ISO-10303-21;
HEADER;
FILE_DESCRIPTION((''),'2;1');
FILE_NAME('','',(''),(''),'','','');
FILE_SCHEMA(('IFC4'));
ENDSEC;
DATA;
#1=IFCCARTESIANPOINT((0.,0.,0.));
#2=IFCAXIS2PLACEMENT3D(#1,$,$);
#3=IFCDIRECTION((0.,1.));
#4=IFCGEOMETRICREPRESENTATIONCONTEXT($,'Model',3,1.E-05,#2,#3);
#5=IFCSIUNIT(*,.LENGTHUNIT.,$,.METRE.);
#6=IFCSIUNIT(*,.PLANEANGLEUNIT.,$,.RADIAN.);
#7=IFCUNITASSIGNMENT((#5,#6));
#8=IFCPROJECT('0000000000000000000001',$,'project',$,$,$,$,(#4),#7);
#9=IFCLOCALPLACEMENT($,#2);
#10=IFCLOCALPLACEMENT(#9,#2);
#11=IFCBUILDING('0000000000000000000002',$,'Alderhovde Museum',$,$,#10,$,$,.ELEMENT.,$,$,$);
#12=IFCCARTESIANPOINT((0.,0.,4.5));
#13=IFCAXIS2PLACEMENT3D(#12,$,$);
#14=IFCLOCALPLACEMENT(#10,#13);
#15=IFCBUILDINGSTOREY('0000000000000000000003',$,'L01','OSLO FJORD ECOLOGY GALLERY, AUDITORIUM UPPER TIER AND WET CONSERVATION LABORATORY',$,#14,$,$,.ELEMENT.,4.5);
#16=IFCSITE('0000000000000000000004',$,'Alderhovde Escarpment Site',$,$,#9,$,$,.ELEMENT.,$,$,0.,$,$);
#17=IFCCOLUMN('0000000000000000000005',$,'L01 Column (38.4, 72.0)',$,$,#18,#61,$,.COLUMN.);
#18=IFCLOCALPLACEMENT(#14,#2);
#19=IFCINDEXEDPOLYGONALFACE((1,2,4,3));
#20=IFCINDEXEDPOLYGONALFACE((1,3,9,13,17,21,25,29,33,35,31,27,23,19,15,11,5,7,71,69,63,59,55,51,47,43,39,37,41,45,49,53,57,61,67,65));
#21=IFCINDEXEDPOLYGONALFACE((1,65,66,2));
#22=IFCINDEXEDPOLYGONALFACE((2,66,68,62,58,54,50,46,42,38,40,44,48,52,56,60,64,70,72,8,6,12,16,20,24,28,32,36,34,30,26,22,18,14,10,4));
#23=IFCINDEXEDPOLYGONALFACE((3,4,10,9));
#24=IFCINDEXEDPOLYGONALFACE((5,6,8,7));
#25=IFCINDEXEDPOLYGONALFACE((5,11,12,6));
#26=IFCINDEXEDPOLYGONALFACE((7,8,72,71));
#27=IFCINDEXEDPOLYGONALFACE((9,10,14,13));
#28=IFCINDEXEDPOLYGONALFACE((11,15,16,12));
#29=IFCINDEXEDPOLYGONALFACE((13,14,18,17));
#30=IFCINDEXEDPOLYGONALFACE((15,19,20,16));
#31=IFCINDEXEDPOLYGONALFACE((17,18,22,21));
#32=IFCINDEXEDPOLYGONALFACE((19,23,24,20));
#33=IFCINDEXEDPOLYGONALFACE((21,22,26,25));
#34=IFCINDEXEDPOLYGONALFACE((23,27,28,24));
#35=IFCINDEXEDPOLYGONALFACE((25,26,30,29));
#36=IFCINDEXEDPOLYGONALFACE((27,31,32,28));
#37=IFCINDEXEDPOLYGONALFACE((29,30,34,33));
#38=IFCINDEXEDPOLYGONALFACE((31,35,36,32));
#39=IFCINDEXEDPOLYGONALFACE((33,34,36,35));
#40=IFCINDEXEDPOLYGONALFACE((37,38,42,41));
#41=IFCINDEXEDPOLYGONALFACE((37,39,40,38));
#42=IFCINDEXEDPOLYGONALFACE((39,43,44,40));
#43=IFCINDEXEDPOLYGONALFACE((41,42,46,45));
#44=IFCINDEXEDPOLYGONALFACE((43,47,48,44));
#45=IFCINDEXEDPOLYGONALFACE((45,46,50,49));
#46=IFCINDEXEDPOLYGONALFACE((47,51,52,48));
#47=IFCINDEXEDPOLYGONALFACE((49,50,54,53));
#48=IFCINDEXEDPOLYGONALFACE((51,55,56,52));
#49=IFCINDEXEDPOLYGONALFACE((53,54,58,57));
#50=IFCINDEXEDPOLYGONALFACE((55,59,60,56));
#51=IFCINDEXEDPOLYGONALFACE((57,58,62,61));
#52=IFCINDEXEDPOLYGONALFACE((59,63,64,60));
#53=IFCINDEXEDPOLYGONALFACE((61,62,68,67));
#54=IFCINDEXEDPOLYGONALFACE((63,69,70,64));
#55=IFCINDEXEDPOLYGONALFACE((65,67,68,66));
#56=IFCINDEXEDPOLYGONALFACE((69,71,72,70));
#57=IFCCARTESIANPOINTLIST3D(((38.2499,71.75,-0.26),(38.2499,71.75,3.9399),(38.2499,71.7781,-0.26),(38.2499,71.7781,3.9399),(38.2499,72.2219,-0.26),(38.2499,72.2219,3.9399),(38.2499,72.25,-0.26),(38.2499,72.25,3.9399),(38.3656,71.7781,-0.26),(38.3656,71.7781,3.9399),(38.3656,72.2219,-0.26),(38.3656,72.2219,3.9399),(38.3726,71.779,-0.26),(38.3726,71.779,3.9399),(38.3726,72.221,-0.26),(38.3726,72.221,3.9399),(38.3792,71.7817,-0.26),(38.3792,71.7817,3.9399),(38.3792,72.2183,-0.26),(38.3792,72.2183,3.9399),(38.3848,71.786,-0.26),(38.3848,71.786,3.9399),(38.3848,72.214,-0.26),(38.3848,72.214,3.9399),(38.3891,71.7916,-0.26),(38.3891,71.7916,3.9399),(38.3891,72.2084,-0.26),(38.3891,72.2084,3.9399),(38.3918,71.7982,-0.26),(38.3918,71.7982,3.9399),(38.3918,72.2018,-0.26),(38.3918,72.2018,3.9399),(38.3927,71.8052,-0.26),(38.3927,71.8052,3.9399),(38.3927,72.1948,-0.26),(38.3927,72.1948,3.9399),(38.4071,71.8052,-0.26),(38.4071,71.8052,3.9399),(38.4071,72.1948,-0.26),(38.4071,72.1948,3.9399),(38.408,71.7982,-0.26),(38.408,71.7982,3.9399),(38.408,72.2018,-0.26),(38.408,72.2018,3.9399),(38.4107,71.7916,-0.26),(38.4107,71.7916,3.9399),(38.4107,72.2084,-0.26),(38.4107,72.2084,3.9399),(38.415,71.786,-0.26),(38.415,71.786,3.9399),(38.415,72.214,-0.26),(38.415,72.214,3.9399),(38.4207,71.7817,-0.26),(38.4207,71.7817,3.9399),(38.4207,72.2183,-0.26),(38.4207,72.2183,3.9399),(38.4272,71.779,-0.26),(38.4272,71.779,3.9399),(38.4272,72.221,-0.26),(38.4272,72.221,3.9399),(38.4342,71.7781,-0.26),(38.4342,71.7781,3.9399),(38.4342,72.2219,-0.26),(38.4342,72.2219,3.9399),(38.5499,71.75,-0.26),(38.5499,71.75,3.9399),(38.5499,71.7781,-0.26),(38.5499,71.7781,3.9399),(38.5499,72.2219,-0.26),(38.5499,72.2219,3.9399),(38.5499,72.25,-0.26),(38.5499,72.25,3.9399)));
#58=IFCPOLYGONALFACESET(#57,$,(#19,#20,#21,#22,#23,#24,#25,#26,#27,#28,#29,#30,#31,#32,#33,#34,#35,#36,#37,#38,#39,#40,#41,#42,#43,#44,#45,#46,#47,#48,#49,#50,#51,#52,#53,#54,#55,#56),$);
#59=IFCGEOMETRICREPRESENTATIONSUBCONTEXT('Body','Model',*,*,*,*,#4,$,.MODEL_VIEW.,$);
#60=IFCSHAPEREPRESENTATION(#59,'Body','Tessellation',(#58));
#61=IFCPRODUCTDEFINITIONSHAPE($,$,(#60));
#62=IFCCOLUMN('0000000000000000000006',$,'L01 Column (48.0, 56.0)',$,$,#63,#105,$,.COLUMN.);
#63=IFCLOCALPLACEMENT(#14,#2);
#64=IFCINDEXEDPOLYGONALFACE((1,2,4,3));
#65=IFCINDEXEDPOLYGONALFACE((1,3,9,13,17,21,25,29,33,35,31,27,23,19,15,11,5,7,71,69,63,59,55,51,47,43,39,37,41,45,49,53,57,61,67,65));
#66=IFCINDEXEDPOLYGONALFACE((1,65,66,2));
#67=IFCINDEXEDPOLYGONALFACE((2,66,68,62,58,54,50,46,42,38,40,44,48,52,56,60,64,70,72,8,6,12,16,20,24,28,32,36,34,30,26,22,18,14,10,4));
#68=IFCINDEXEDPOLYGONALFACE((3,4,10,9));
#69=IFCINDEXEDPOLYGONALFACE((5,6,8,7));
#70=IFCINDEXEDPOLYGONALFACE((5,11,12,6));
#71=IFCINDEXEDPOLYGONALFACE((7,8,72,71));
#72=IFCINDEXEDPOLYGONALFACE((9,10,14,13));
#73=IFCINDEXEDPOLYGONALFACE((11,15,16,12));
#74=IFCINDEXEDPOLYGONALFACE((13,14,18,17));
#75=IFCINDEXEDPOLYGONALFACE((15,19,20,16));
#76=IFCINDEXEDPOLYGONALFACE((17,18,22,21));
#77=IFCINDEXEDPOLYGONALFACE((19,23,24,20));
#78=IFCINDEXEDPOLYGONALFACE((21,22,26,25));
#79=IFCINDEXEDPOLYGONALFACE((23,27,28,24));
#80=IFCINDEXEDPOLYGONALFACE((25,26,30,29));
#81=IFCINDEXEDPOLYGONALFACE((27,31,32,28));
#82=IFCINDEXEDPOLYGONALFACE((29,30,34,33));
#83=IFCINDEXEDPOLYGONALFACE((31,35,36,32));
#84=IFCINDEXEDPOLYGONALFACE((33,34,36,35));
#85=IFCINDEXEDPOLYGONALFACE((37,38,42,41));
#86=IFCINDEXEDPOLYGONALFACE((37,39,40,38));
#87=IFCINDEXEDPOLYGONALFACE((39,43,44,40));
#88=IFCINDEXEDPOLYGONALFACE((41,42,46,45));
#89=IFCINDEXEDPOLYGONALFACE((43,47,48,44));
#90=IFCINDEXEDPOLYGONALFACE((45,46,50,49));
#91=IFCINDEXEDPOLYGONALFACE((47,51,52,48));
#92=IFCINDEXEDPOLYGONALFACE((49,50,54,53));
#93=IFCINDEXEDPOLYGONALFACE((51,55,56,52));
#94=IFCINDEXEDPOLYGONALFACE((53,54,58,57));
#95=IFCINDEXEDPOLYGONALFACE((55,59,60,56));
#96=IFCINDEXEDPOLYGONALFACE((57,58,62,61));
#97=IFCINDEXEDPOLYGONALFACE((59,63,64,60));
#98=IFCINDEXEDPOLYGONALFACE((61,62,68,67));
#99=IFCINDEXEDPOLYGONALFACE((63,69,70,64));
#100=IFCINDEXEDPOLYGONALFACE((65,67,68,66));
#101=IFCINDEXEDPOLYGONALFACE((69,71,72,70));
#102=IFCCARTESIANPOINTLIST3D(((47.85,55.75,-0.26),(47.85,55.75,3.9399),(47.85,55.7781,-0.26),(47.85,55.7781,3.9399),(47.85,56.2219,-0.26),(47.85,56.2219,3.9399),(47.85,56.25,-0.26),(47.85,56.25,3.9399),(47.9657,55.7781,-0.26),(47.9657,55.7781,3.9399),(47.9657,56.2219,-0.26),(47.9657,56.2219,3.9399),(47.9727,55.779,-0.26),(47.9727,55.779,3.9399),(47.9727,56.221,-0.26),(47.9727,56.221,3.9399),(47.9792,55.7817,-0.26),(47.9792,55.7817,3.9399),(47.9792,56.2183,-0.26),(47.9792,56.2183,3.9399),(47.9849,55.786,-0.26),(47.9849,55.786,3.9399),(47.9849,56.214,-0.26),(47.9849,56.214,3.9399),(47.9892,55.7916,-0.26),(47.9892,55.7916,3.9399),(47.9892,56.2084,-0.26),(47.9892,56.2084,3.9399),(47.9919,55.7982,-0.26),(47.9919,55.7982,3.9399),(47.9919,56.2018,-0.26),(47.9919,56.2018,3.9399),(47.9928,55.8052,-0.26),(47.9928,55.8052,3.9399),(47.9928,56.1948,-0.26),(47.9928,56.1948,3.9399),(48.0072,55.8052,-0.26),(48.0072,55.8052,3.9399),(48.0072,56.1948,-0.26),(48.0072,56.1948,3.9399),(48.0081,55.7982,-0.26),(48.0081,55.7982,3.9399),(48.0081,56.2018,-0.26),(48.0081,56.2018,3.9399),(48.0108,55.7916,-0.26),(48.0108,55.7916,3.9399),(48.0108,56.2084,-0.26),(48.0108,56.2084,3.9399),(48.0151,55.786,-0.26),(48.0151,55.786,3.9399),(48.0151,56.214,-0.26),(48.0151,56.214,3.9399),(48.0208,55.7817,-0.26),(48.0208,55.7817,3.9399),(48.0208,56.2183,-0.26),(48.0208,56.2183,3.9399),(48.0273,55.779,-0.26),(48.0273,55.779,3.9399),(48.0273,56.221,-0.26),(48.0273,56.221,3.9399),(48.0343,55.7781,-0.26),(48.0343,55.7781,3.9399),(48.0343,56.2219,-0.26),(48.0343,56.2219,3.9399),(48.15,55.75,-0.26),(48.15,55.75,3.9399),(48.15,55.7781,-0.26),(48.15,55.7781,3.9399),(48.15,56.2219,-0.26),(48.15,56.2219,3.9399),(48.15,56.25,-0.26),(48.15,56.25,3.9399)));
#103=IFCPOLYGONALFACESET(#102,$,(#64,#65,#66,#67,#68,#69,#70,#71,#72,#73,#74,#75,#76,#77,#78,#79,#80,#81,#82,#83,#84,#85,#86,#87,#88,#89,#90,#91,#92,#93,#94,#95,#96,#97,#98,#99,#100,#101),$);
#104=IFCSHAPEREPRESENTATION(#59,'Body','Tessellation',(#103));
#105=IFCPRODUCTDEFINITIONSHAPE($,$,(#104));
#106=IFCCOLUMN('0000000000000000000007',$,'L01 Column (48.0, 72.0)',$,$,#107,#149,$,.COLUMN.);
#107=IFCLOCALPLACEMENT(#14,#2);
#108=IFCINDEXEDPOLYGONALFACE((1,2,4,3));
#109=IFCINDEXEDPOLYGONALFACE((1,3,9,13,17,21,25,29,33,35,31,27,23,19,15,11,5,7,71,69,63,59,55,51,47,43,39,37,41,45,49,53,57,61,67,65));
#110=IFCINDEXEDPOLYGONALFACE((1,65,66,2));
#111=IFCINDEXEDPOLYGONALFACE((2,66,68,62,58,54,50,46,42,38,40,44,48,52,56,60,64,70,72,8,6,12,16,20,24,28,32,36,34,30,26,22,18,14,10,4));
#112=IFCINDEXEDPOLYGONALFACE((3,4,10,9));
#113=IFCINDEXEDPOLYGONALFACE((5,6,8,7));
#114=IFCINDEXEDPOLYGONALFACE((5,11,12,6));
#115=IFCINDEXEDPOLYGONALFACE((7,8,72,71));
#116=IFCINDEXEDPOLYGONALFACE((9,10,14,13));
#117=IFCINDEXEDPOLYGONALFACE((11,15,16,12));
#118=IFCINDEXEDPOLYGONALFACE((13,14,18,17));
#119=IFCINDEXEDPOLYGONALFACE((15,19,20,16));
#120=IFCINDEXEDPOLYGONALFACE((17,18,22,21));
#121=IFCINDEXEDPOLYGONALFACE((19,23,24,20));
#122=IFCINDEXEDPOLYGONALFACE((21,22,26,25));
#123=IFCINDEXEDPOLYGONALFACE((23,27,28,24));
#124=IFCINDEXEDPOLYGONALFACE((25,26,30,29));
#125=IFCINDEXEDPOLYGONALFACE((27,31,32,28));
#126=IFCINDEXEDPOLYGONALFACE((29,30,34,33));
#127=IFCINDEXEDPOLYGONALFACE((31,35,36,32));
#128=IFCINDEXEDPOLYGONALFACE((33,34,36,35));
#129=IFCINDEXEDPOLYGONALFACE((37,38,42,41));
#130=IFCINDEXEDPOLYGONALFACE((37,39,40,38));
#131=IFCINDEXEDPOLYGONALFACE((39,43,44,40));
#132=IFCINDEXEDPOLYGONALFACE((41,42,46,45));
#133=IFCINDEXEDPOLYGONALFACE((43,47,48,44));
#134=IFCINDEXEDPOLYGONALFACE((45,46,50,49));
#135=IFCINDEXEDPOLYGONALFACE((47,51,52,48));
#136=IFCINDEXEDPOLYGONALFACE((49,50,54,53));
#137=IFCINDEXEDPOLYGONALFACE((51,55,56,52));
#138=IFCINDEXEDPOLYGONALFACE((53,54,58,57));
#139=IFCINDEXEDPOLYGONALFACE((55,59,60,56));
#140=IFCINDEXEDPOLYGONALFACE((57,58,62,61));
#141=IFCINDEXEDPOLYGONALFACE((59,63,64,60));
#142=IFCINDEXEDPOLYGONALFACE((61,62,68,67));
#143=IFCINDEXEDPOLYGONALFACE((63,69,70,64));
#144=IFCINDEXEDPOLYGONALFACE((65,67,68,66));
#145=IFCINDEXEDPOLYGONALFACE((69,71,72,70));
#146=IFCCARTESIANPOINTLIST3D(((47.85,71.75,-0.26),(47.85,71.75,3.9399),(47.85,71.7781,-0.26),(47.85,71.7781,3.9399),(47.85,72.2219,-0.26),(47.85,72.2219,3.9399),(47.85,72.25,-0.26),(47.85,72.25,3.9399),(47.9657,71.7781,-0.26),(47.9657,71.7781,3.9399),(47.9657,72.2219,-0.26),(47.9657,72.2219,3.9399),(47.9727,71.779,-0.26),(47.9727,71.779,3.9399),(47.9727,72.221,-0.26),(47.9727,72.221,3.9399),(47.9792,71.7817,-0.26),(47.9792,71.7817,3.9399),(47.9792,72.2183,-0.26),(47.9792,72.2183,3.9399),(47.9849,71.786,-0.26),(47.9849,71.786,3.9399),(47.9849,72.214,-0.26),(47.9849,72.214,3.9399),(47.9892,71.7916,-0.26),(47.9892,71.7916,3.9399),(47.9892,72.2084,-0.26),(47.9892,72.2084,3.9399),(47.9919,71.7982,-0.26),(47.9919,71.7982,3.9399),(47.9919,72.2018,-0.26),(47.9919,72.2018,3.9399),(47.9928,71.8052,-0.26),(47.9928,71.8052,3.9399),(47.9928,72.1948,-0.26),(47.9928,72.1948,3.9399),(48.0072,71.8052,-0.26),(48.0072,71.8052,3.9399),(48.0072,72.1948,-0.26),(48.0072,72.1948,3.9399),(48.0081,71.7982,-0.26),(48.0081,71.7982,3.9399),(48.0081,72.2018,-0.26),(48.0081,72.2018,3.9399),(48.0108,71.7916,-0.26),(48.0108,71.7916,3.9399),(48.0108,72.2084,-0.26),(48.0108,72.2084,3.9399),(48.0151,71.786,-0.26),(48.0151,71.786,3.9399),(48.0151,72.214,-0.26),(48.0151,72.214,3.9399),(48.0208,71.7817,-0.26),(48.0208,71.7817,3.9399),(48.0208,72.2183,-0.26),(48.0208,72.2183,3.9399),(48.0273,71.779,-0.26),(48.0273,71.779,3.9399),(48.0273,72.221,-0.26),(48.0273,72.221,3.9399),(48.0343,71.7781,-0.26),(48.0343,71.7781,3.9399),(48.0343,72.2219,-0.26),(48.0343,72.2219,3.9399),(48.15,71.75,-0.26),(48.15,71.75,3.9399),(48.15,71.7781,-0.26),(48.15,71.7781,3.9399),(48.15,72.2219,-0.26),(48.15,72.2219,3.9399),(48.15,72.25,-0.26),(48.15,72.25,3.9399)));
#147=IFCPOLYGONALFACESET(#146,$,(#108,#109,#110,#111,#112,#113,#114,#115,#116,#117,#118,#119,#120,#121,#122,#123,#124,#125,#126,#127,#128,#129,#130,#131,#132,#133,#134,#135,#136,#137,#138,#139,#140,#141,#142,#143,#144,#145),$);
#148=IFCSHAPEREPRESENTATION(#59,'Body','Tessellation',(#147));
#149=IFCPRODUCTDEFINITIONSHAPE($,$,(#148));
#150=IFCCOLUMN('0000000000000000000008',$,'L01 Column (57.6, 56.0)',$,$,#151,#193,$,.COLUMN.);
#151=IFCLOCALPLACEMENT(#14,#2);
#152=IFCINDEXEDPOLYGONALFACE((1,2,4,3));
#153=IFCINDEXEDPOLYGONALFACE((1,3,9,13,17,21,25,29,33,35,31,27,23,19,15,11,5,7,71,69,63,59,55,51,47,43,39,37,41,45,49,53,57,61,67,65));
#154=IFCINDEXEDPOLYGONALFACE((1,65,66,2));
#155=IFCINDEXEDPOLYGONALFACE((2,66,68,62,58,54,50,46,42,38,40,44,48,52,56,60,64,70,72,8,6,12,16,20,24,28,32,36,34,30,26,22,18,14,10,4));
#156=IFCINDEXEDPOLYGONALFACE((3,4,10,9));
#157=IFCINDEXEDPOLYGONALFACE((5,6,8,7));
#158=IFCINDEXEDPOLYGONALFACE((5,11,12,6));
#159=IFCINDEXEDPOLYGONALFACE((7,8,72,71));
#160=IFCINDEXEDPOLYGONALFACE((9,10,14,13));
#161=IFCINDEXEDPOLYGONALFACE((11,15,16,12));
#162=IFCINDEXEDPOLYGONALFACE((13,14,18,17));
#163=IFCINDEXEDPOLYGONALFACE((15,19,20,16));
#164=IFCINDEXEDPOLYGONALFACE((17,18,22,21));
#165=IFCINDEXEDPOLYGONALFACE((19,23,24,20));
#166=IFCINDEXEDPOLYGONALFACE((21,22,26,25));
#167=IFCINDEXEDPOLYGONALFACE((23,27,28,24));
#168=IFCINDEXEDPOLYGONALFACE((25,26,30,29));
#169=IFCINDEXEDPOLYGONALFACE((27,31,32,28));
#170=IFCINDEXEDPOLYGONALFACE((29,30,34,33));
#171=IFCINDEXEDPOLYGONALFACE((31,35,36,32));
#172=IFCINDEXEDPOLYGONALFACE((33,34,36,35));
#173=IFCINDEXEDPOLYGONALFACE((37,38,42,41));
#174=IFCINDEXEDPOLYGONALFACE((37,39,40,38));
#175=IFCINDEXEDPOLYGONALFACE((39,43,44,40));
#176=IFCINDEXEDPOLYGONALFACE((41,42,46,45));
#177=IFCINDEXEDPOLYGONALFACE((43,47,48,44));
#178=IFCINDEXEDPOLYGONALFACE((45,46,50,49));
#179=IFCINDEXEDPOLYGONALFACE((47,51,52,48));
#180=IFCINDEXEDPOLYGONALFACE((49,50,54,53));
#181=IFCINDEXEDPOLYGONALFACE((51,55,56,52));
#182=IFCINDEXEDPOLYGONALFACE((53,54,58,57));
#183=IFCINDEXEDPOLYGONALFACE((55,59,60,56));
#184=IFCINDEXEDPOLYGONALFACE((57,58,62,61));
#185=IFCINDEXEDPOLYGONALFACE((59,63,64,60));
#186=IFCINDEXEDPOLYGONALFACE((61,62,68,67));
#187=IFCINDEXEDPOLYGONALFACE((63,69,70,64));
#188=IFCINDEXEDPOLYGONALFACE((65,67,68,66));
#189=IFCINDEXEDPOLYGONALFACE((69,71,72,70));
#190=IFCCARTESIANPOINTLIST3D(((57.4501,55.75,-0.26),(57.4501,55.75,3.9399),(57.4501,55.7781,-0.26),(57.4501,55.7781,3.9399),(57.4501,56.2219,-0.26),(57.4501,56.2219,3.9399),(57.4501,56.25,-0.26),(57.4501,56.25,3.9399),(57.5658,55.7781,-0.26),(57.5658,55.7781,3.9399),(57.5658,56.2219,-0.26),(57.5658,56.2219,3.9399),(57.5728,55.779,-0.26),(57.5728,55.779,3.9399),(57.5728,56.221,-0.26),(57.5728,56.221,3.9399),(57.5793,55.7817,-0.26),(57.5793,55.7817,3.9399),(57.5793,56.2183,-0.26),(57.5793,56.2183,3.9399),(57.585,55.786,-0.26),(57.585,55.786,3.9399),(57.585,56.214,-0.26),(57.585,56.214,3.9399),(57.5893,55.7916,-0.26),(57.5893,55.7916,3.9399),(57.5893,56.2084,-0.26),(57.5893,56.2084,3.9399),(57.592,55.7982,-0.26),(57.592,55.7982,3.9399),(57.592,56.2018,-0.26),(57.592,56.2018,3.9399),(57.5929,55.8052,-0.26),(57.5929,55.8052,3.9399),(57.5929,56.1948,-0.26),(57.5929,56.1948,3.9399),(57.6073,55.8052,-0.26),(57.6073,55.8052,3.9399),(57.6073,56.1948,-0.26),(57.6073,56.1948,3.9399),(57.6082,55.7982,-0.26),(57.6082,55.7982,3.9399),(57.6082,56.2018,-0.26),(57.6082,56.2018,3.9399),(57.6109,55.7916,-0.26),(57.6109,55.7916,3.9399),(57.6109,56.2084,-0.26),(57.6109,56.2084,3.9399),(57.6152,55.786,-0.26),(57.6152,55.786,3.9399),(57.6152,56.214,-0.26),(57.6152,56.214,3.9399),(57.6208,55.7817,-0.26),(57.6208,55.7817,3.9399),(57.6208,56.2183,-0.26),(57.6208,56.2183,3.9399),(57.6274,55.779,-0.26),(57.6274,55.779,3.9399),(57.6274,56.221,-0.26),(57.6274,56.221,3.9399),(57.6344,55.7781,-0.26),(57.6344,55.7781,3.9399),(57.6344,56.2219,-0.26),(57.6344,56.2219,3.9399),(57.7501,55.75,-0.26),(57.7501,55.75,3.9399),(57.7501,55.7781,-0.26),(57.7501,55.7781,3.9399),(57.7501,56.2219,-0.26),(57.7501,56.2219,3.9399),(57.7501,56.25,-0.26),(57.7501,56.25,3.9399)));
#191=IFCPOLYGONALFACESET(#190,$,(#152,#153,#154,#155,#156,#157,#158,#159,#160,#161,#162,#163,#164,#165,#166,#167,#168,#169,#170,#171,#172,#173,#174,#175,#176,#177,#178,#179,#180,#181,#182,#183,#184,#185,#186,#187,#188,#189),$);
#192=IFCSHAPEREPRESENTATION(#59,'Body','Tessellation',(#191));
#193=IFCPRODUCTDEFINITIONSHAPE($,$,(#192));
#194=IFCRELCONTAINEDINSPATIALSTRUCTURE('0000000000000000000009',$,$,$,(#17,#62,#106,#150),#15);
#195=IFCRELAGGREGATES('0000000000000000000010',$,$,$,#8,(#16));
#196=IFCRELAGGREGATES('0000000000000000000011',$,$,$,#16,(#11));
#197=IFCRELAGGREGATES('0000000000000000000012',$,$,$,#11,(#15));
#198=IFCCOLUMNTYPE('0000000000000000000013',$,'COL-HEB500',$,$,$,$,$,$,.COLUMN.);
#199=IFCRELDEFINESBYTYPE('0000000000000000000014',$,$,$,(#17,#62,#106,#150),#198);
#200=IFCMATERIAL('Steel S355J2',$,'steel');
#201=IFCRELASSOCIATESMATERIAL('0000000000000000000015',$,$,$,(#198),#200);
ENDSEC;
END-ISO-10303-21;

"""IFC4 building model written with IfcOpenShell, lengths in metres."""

from ifc_helpers import new_model, si_unit, direction, frame, origin, origin_2d, place, context, subcontext, project, spatial, i_section, extrude, material, material_profile, profile_set, type_object, element, save


model = new_model("IFC4")

# Units and contexts
model_context = context("Model", 3, precision=1e-05, world=origin(), true_north=direction((0.0, 1.0)))
body_context = subcontext(model_context, "Body", "Model", "MODEL_VIEW")
ifc_project = project(units=[si_unit("LENGTHUNIT", "METRE"), si_unit("PLANEANGLEUNIT", "RADIAN")], contexts=[model_context])

# Site, building, storey
site_placement = place(None, origin())
site = spatial("IfcSite", under=ifc_project, at=site_placement, Name="Alderhovde Escarpment Site", CompositionType="ELEMENT", RefElevation=0.0)
building_placement = place(site_placement, origin())
building = spatial("IfcBuilding", under=site, at=building_placement, Name="Alderhovde Museum", CompositionType="ELEMENT")
storey_placement = place(building_placement, frame((0.0, 0.0, 4.5)))
storey = spatial("IfcBuildingStorey", under=building, at=storey_placement, Name="L01", Description="OSLO FJORD ECOLOGY GALLERY, AUDITORIUM UPPER TIER AND WET CONSERVATION LABORATORY", CompositionType="ELEMENT", Elevation=4.5)

# Columns
ifc_material_1 = material(Name="Steel S355J2", Category="steel")
ifc_material_profile_1 = material_profile(ifc_material_1, i_section(OverallWidth=0.3, OverallDepth=0.5, WebThickness=0.0144, FlangeThickness=0.0281, FilletRadius=0.0271, at=origin_2d()), Name="HEB 500")
ifc_profile_set_1 = profile_set([ifc_material_profile_1], Name="Steel S355J2")
column_type_1 = type_object("IfcColumnType", Name="COL-HEB500", PredefinedType="COLUMN", material=ifc_profile_set_1)
for number, where, z_axis, x_axis, name in (
    (1, (38.3999, 72.0, -0.26), (0.0, 0.0, 1.0), (1.0, 0.0, 0.0), "L01 Column (38.4, 72.0)"),
    (2, (48.0, 56.0, -0.26), (0.0, 0.0, 1.0), (1.0, 0.0, 0.0), "L01 Column (48.0, 56.0)"),
    (3, (48.0, 72.0, -0.26), (0.0, 0.0, 1.0), (1.0, 0.0, 0.0), "L01 Column (48.0, 72.0)"),
    (4, (57.6001, 56.0, -0.26), (0.0, 0.0, 1.0), (1.0, 0.0, 0.0), "L01 Column (57.6, 56.0)"),
):
    element("IfcColumn", number, at=place(storey_placement, frame(where, z_axis=z_axis, x_axis=x_axis)), inside=storey, type_object=column_type_1, Name=name, PredefinedType="COLUMN", context=body_context, shape_type="SweptSolid", body=[
        extrude(i_section(OverallWidth=0.3, OverallDepth=0.5, WebThickness=0.0144, FlangeThickness=0.0281, FilletRadius=0.0271, at=origin_2d()), origin(), (0.0, 0.0, 1.0), 4.2),
    ])

save(model, "model.ifc")
